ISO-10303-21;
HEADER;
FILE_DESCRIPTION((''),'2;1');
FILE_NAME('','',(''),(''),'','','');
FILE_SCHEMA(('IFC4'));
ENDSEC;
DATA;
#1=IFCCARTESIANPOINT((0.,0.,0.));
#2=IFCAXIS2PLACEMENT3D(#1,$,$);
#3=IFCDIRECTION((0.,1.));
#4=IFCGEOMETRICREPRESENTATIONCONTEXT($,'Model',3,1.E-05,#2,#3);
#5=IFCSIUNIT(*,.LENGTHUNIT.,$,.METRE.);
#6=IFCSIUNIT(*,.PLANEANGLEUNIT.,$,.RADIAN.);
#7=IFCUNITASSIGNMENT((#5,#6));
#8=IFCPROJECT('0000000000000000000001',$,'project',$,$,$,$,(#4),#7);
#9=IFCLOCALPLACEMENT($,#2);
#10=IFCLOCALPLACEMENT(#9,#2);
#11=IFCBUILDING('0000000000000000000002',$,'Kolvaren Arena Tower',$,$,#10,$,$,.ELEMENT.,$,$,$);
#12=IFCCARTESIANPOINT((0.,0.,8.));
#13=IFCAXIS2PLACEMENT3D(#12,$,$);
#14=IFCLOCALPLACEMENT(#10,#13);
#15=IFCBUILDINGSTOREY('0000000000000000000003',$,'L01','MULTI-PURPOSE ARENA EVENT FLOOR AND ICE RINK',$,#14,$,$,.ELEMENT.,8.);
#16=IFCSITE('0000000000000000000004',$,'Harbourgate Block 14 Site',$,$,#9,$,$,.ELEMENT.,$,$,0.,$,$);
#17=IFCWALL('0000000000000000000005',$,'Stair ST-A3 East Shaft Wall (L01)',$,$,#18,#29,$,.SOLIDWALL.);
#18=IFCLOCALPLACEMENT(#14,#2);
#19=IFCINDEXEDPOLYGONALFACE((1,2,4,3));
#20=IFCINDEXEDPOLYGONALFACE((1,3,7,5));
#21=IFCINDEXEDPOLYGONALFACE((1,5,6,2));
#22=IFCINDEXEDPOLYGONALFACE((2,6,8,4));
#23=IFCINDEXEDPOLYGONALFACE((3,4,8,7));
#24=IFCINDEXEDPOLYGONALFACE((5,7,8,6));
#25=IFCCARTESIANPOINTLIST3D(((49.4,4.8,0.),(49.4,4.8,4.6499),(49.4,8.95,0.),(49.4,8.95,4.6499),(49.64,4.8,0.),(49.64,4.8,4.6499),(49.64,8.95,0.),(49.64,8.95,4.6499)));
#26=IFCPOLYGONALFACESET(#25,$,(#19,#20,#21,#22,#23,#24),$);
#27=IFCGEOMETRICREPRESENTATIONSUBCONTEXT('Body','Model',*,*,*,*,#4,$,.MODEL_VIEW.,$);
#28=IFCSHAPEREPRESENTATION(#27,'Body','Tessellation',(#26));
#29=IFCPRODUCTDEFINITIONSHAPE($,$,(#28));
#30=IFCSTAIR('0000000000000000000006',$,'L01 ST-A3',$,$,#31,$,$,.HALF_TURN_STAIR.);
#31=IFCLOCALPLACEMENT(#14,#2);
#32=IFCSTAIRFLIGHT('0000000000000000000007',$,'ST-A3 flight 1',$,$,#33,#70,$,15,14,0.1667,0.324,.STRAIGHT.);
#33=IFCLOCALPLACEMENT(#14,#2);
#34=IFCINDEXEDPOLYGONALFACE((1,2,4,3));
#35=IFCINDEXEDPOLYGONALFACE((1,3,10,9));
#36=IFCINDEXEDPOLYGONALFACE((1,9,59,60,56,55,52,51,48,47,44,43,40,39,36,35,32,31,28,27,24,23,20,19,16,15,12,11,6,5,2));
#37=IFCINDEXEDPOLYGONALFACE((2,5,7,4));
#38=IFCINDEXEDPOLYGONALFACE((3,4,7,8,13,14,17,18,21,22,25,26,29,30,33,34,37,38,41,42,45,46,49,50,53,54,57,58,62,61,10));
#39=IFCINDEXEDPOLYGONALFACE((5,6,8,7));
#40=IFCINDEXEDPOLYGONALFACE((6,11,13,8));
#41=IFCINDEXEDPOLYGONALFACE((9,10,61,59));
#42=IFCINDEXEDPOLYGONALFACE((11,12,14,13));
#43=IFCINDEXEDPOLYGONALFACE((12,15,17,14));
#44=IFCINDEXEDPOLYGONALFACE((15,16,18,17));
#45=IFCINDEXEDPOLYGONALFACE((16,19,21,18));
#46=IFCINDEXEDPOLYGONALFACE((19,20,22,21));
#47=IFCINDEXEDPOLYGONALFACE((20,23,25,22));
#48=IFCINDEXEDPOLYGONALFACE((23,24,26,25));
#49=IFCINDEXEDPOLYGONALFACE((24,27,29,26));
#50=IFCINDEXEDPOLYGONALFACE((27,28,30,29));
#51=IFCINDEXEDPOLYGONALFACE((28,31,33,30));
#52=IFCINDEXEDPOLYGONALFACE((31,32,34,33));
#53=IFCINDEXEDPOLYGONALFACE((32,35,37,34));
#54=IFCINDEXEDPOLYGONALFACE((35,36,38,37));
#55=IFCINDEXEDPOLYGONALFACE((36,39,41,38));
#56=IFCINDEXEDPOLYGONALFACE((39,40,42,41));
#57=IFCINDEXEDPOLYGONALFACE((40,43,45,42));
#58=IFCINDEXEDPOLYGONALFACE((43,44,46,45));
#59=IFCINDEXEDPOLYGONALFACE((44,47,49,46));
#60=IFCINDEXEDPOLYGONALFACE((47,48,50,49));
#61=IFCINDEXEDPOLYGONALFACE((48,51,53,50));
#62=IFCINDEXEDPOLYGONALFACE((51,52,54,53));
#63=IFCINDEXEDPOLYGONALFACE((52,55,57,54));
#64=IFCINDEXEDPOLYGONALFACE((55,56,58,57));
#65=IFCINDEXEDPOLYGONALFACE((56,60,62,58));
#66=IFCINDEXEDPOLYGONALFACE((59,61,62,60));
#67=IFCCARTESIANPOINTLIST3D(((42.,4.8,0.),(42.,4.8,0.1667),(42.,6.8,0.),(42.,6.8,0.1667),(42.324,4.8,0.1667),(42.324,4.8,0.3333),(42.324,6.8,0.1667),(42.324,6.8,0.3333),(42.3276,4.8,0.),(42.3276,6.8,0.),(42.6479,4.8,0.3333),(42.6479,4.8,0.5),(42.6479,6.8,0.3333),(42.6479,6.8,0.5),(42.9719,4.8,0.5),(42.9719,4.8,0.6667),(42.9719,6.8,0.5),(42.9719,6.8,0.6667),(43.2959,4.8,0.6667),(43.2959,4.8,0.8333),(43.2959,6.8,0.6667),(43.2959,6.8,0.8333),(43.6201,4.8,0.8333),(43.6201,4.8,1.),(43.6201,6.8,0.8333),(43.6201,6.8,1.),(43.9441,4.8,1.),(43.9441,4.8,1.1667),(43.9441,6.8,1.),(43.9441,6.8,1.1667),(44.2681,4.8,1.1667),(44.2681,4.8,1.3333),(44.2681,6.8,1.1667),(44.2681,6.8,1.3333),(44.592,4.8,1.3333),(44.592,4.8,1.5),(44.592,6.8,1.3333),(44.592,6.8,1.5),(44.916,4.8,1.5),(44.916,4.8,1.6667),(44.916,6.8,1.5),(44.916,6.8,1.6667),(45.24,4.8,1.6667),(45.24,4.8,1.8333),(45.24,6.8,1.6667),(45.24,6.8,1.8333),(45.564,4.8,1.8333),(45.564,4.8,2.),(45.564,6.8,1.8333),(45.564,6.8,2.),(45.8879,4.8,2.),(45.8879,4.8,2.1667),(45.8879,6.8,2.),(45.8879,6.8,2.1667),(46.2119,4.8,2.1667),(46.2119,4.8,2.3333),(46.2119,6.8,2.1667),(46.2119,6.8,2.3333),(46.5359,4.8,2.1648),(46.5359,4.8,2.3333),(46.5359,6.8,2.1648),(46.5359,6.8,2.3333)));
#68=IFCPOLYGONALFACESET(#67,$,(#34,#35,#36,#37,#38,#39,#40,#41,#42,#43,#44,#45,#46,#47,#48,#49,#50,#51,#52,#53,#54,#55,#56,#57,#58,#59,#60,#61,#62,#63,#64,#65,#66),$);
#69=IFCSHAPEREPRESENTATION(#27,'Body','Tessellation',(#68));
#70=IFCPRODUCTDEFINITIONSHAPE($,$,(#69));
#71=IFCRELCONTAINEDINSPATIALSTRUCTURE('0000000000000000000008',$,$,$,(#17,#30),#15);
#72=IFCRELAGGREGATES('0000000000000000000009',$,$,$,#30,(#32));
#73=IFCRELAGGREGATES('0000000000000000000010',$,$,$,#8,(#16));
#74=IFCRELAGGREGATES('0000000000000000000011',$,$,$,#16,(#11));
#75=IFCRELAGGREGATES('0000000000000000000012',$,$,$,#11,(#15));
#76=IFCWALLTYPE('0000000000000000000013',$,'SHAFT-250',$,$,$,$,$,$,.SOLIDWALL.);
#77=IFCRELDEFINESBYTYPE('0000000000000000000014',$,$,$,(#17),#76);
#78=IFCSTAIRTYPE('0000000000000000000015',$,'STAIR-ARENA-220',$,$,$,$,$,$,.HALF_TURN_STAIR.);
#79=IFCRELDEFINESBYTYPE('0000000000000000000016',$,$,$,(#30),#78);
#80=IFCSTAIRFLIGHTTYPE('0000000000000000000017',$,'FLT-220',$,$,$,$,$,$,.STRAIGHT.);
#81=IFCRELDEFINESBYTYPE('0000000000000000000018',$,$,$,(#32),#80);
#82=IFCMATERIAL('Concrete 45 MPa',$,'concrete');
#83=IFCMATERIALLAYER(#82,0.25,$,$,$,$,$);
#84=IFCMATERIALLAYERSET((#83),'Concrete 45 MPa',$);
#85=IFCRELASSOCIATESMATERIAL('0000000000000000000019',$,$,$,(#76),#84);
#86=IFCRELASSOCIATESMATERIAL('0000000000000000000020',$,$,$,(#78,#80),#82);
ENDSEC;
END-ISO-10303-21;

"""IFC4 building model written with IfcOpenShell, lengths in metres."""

from ifc_helpers import new_model, si_unit, direction, frame, frame_2d, origin, place, context, subcontext, project, spatial, polyline, rectangle, outline, extrude, material, layer, layer_set, type_object, element, aggregate, save


model = new_model("IFC4")

# Units and contexts
model_context = context("Model", 3, precision=1e-05, world=origin(), true_north=direction((0.0, 1.0)))
body_context = subcontext(model_context, "Body", "Model", "MODEL_VIEW")
ifc_project = project(units=[si_unit("LENGTHUNIT", "METRE"), si_unit("PLANEANGLEUNIT", "RADIAN")], contexts=[model_context])

# Site, building, storey
site_placement = place(None, origin())
site = spatial("IfcSite", under=ifc_project, at=site_placement, Name="Harbourgate Block 14 Site", CompositionType="ELEMENT", RefElevation=0.0)
building_placement = place(site_placement, origin())
building = spatial("IfcBuilding", under=site, at=building_placement, Name="Kolvaren Arena Tower", CompositionType="ELEMENT")
storey_placement = place(building_placement, frame((0.0, 0.0, 8.0)))
storey = spatial("IfcBuildingStorey", under=building, at=storey_placement, Name="L01", Description="MULTI-PURPOSE ARENA EVENT FLOOR AND ICE RINK", CompositionType="ELEMENT", Elevation=8.0)

# Wall
ifc_material_1 = material(Name="Concrete 45 MPa", Category="concrete")
ifc_layer_1 = layer(ifc_material_1, 0.25)
ifc_layer_set_1 = layer_set([ifc_layer_1], Name="Concrete 45 MPa")
wall_type_1 = type_object("IfcWallType", Name="SHAFT-250", PredefinedType="SOLIDWALL", material=ifc_layer_set_1)
for number, where, z_axis, x_axis, name in (
    (1, (49.52, 4.8, 0.0), (0.0, 0.0, 1.0), (0.0, 1.0, 0.0), "Stair ST-A3 East Shaft Wall (L01)"),
):
    element("IfcWall", number, at=place(storey_placement, frame(where, z_axis=z_axis, x_axis=x_axis)), inside=storey, type_object=wall_type_1, Name=name, PredefinedType="SOLIDWALL", context=body_context, shape_type="SweptSolid", body=[
        extrude(rectangle(XDim=4.1499, YDim=0.24, at=frame_2d((2.075, 0.0))), origin(), (0.0, 0.0, 1.0), 4.6499),
    ])

# Stair, stair flight
stair_type = type_object("IfcStairType", Name="STAIR-ARENA-220", PredefinedType="HALF_TURN_STAIR", material=ifc_material_1)
stair_placement = place(storey_placement, origin())
stair = element("IfcStair", 2, at=stair_placement, inside=storey, type_object=stair_type, Name="L01 ST-A3", PredefinedType="HALF_TURN_STAIR")
stair_flight_type = type_object("IfcStairFlightType", Name="FLT-220", PredefinedType="STRAIGHT", material=ifc_material_1)
stair_flight_placement = place(storey_placement, frame((42.0, 5.8, 0.0), z_axis=(0.0, 0.0, 1.0), x_axis=(1.0, 0.0, 0.0)))
stair_flight = element("IfcStairFlight", 3, at=stair_flight_placement, type_object=stair_flight_type, Name="ST-A3 flight 1", NumberOfRisers=15, NumberOfTreads=14, PredefinedType="STRAIGHT", RiserHeight=0.1667, TreadLength=0.324, context=body_context, shape_type="SweptSolid", body=[
    extrude(outline(polyline([(0.0, 0.0), (0.0, 0.1667), (0.324, 0.1667), (0.324, 0.3333), (0.6479, 0.3333), (0.6479, 0.5), (0.9719, 0.5), (0.9719, 0.6667), (1.2959, 0.6667), (1.2959, 0.8333), (1.6201, 0.8333), (1.6201, 1.0), (1.9441, 1.0), (1.9441, 1.1667), (2.2681, 1.1667), (2.2681, 1.3333), (2.592, 1.3333), (2.592, 1.5), (2.916, 1.5), (2.916, 1.6667), (3.24, 1.6667), (3.24, 1.8333), (3.564, 1.8333), (3.564, 2.0), (3.8879, 2.0), (3.8879, 2.1667), (4.2119, 2.1667), (4.2119, 2.3333), (4.5359, 2.3333), (4.5359, 2.5), (4.5359, 2.1648), (0.3276, 0.0), (0.0, 0.0)])), frame((0.0, 1.0, 0.0), z_axis=(0.0, -1.0, 0.0), x_axis=(1.0, 0.0, 0.0)), (0.0, 0.0, 1.0), 2.0),
])
aggregate(stair, [stair_flight])

save(model, "model.ifc")
